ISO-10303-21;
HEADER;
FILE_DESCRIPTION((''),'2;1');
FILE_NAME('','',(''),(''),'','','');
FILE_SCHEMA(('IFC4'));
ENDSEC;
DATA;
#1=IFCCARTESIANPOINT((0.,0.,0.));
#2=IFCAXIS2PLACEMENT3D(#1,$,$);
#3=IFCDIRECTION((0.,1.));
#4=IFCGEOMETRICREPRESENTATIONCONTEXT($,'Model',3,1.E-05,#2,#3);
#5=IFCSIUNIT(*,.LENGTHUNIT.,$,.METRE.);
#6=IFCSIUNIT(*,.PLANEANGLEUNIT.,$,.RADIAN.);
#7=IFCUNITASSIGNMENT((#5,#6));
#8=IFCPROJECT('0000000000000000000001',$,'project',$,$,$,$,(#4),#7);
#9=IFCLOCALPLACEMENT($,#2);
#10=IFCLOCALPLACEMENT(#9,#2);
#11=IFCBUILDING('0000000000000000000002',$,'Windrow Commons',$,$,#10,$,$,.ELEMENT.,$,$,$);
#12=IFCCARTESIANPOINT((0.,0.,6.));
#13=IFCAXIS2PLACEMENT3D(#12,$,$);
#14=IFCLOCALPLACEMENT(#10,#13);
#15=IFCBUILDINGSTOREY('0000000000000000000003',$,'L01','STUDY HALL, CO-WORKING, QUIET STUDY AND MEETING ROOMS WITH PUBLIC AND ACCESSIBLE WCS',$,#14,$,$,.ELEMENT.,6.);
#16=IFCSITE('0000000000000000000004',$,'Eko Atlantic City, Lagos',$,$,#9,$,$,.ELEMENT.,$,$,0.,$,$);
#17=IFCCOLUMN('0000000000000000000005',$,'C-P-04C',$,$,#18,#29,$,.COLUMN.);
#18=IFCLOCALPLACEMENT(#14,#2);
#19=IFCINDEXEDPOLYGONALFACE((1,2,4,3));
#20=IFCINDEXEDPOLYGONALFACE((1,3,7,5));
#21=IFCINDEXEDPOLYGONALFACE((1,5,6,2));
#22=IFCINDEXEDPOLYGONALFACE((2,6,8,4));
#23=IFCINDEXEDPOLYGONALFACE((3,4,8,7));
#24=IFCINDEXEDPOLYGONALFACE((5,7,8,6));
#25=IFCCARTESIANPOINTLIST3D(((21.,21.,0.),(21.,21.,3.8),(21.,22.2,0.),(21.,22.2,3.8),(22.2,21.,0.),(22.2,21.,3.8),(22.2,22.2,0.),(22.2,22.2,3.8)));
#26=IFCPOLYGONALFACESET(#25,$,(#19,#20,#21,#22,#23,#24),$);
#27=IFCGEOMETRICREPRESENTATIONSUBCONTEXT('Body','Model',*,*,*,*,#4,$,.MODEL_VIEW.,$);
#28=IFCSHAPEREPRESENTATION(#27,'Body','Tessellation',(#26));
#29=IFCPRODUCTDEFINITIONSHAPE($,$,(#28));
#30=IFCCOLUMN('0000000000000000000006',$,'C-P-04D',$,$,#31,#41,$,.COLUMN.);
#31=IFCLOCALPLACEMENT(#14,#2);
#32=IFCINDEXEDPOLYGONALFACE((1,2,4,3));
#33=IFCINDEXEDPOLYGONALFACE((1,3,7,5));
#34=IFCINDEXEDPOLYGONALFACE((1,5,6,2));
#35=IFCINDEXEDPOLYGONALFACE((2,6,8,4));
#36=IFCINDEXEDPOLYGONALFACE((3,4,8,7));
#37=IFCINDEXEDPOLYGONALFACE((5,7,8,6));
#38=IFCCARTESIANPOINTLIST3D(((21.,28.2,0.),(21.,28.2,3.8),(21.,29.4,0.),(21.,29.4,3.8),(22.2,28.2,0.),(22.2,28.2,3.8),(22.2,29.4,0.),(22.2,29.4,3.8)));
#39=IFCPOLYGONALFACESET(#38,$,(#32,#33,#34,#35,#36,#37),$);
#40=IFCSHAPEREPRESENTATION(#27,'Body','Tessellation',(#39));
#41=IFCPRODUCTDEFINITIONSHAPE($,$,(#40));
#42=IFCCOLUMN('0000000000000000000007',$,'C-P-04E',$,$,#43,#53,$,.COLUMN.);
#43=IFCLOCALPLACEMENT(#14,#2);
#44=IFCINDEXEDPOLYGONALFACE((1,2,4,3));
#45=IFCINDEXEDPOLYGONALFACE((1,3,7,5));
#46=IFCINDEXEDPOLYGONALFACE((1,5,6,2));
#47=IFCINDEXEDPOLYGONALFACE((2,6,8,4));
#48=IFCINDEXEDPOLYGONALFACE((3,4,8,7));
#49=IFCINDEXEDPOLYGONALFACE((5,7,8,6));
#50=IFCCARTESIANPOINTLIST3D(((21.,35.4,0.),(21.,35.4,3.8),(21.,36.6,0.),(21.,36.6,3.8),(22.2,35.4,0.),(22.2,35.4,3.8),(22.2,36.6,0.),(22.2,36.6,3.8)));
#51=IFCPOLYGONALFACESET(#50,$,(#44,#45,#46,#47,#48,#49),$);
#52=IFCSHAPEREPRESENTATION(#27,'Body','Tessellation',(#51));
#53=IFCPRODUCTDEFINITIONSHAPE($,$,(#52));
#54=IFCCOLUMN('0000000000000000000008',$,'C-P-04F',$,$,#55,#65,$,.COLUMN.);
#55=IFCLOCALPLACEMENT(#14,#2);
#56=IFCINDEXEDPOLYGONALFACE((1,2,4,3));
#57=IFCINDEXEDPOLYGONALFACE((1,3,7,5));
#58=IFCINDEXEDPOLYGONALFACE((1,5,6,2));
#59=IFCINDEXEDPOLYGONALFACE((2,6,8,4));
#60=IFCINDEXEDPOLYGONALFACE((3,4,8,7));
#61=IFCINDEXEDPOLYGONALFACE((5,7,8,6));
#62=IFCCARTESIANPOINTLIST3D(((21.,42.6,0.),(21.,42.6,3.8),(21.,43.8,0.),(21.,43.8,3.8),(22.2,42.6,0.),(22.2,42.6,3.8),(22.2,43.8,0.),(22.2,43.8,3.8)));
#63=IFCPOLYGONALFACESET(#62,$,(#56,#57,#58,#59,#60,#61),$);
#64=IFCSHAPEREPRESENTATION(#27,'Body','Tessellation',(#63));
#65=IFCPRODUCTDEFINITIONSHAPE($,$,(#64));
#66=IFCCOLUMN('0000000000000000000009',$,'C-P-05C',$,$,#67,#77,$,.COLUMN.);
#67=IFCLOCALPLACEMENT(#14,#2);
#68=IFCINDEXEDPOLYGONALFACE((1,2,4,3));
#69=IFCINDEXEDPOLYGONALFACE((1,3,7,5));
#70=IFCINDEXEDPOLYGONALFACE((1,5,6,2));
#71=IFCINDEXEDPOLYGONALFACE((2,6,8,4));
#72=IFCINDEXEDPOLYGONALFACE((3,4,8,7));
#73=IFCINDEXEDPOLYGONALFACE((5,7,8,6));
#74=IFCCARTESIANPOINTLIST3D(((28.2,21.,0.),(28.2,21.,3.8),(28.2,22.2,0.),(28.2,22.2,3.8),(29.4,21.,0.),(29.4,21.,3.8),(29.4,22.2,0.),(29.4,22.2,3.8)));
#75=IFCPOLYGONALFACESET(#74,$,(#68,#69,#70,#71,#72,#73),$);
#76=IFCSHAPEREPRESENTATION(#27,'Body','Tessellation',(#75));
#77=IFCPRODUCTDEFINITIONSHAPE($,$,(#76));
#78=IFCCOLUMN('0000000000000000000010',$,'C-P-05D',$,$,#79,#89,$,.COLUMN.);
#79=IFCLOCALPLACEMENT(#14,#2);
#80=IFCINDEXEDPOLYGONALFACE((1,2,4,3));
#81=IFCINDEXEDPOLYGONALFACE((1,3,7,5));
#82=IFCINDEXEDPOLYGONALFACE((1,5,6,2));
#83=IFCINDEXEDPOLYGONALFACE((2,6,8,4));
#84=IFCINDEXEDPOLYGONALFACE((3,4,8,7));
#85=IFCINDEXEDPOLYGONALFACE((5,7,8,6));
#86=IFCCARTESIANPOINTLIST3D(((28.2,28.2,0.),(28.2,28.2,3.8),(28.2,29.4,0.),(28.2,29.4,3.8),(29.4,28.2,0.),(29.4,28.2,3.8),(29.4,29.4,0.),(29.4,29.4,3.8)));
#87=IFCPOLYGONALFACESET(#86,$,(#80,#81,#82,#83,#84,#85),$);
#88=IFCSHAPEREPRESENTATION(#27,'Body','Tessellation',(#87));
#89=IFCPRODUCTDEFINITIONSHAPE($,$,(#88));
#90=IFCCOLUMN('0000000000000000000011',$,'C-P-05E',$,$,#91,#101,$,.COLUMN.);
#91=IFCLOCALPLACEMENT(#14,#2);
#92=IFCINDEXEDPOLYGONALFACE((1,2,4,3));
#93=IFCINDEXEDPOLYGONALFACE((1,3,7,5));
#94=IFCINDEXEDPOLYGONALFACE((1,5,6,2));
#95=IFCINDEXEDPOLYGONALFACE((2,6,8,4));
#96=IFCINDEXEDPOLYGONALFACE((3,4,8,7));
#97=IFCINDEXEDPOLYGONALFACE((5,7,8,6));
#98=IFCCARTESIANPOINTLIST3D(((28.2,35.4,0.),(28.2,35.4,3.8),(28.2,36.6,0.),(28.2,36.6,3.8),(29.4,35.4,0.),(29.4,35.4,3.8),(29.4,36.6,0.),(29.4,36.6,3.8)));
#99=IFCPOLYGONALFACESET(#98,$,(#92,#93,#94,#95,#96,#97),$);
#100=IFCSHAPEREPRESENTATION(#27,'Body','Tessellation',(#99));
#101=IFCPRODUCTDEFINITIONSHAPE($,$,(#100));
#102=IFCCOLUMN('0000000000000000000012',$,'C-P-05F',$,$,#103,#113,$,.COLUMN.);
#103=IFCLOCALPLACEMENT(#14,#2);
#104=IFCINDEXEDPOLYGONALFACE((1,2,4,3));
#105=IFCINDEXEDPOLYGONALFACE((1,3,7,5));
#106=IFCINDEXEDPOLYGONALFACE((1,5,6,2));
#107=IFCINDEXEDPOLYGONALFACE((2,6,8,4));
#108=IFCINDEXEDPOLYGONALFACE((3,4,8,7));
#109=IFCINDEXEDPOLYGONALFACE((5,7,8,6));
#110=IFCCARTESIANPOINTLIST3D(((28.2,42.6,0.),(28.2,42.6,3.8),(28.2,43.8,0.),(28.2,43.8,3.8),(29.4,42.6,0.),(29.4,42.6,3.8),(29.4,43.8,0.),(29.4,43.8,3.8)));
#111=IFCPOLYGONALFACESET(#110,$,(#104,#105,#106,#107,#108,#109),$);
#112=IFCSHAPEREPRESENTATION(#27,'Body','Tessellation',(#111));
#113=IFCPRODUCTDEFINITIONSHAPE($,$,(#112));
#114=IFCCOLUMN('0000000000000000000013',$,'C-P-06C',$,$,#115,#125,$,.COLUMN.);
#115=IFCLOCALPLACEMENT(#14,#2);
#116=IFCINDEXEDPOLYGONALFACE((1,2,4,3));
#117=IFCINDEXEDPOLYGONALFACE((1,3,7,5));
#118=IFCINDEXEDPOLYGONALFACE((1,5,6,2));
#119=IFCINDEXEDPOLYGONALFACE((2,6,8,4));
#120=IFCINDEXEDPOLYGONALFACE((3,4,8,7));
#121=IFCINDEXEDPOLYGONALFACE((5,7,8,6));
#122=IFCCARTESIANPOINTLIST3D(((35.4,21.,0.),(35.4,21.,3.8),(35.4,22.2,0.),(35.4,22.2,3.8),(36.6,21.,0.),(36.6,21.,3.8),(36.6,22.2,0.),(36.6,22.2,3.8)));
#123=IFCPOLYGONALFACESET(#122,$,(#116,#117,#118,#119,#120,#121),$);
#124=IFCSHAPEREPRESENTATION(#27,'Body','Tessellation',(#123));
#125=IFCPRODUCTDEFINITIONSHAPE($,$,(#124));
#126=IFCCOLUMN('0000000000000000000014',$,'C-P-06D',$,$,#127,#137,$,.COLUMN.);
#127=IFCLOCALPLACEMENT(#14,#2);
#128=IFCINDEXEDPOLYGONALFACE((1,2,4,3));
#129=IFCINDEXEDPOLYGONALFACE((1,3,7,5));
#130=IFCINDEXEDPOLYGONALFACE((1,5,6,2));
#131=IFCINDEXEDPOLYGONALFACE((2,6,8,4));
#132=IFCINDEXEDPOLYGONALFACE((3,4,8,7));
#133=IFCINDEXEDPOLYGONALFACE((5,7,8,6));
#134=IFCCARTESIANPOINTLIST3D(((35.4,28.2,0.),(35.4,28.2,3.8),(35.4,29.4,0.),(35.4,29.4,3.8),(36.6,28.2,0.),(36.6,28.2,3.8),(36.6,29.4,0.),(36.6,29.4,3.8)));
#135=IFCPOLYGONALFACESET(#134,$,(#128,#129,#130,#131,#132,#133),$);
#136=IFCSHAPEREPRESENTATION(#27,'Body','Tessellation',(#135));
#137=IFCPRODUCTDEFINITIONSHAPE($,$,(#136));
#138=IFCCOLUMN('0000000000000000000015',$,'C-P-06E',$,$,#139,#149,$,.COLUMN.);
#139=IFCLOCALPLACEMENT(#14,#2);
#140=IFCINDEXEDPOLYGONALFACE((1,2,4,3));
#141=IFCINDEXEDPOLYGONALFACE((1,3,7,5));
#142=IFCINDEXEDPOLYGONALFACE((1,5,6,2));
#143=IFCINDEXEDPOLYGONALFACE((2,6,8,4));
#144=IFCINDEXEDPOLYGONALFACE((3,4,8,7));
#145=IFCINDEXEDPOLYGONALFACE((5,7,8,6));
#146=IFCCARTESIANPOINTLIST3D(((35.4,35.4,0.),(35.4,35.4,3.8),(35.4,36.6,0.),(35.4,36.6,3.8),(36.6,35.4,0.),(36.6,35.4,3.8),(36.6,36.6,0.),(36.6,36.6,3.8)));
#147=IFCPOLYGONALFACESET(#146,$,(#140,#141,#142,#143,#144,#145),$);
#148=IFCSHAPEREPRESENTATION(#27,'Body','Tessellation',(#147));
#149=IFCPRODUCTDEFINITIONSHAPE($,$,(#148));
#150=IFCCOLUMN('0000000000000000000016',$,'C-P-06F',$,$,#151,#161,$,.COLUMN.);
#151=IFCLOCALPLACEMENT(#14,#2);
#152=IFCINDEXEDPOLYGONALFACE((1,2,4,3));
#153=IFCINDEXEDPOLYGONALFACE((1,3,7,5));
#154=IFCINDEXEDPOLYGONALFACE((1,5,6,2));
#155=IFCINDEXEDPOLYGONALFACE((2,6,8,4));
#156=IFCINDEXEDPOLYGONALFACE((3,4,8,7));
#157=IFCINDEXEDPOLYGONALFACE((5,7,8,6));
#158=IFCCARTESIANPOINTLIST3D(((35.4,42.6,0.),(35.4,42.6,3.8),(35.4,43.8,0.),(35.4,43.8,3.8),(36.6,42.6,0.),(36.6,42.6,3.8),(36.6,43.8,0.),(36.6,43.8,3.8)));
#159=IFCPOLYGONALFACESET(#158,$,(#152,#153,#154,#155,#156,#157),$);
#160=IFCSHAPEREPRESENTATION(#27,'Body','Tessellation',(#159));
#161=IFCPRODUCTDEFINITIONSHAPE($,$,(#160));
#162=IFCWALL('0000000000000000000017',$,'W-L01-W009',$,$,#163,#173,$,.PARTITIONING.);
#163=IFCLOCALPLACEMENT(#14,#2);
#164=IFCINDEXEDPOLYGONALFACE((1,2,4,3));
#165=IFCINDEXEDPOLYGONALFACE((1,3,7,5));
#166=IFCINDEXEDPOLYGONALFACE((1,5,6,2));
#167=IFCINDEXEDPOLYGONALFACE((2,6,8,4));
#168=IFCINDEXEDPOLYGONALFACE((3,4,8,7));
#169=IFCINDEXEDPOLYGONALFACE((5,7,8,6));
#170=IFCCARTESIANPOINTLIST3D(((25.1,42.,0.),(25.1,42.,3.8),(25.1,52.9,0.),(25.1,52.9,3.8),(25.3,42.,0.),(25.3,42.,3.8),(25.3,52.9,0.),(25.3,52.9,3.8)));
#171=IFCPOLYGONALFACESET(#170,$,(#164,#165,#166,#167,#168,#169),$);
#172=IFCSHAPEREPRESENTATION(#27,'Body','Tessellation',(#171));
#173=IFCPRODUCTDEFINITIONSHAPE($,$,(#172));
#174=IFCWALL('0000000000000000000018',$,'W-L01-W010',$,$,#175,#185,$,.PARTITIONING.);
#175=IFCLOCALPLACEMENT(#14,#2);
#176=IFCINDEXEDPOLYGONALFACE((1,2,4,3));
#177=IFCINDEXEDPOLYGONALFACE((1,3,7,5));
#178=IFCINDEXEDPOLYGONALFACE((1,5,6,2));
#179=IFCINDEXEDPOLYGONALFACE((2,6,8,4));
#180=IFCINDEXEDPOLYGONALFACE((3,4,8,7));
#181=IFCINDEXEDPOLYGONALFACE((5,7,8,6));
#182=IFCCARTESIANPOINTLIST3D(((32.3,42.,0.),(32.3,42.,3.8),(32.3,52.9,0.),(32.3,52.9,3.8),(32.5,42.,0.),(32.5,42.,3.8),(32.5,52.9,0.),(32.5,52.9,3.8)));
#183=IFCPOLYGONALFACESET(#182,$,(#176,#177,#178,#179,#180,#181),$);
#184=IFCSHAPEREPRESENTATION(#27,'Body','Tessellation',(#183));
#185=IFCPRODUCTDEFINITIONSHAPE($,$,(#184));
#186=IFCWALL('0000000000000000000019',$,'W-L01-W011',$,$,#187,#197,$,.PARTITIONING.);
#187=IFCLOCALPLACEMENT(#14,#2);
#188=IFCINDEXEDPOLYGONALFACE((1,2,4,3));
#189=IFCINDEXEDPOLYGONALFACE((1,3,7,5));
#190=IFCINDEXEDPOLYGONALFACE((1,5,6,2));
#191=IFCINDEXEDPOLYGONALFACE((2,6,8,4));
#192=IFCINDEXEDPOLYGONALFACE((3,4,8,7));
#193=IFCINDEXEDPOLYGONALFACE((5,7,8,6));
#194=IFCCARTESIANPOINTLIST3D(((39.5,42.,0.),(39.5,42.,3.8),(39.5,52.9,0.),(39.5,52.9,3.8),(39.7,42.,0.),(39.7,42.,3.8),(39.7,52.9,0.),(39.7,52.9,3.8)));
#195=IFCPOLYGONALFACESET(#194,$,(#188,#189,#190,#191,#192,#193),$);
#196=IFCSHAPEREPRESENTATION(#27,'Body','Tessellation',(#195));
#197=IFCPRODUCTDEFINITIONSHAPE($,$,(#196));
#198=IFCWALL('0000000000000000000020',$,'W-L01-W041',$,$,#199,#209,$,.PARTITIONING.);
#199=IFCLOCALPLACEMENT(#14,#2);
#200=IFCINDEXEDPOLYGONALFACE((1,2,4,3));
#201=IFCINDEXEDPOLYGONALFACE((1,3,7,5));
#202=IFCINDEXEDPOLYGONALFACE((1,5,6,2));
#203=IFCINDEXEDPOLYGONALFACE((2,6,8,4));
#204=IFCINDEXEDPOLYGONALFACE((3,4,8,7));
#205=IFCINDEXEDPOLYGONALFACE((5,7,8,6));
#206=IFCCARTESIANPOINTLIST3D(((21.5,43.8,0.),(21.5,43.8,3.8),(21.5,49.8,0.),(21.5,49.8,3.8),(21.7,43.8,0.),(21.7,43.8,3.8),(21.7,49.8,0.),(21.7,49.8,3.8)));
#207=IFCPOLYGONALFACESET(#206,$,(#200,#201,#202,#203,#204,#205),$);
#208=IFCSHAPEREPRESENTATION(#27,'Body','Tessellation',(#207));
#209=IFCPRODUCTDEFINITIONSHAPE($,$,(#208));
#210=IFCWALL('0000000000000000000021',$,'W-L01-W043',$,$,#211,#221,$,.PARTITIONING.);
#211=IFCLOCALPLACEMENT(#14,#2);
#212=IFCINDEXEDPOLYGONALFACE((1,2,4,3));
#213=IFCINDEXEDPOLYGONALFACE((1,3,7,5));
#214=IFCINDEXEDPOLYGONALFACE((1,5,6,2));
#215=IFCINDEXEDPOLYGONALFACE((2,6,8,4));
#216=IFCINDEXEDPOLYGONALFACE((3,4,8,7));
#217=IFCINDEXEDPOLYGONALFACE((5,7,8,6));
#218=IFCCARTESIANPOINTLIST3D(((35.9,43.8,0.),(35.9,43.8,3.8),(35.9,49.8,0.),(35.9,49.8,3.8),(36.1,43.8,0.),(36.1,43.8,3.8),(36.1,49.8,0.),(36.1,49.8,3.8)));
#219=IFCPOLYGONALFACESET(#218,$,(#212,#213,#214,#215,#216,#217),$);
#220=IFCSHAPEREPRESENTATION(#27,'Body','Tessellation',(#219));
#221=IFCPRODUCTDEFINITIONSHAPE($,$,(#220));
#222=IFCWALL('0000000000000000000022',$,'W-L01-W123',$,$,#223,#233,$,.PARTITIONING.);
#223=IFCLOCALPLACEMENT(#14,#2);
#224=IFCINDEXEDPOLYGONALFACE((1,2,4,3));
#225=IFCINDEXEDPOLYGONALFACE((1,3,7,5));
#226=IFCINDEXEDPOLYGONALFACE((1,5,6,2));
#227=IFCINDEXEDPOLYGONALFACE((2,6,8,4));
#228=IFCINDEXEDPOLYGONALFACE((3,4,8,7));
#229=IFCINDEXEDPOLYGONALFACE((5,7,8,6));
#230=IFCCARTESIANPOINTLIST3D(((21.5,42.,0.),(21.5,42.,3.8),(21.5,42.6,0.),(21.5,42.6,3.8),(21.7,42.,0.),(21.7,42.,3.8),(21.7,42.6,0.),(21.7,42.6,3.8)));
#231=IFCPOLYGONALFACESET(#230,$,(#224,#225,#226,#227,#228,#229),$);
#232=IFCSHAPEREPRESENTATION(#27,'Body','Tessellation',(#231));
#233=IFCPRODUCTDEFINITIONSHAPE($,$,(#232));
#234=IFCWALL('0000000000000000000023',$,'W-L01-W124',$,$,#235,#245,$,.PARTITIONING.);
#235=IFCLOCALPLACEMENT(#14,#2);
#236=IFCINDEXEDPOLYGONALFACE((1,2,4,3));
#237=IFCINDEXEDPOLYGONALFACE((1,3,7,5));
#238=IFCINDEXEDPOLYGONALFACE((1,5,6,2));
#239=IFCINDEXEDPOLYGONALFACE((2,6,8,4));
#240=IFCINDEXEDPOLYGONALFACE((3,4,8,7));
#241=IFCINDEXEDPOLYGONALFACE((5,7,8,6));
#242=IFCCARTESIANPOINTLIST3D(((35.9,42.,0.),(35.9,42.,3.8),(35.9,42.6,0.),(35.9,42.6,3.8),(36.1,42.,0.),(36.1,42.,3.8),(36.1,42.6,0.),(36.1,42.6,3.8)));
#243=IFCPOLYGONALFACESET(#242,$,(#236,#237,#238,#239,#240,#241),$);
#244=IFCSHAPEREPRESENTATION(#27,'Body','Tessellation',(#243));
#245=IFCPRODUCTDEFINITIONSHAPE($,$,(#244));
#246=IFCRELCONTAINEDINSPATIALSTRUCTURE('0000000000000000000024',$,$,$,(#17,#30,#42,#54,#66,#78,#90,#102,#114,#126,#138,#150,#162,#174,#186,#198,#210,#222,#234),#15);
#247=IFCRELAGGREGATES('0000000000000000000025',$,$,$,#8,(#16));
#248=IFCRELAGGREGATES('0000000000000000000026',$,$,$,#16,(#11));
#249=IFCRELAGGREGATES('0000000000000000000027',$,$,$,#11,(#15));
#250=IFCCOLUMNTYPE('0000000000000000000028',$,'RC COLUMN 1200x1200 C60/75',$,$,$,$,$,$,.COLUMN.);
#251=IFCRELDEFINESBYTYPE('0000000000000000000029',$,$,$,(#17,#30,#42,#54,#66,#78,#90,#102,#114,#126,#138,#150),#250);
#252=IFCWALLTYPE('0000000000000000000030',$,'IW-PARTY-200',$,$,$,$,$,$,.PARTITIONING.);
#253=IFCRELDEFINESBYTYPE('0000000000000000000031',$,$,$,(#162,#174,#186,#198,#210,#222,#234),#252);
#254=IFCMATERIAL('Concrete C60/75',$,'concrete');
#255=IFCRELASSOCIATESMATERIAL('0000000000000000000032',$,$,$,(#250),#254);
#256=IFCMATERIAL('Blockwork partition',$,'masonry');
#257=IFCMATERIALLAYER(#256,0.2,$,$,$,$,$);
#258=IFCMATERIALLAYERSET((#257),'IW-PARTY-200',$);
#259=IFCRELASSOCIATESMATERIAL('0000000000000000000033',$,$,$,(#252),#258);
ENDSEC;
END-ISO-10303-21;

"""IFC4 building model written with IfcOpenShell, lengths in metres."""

from ifc_helpers import new_model, si_unit, direction, frame, frame_2d, origin, origin_2d, place, context, subcontext, project, spatial, rectangle, extrude, material, layer, layer_set, material_profile, profile_set, type_object, element, save


model = new_model("IFC4")

# Units and contexts
model_context = context("Model", 3, precision=1e-05, world=origin(), true_north=direction((0.0, 1.0)))
body_context = subcontext(model_context, "Body", "Model", "MODEL_VIEW")
ifc_project = project(units=[si_unit("LENGTHUNIT", "METRE"), si_unit("PLANEANGLEUNIT", "RADIAN")], contexts=[model_context])

# Site, building, storey
site_placement = place(None, origin())
site = spatial("IfcSite", under=ifc_project, at=site_placement, Name="Eko Atlantic City, Lagos", CompositionType="ELEMENT", RefElevation=0.0)
building_placement = place(site_placement, origin())
building = spatial("IfcBuilding", under=site, at=building_placement, Name="Windrow Commons", CompositionType="ELEMENT")
storey_placement = place(building_placement, frame((0.0, 0.0, 6.0)))
storey = spatial("IfcBuildingStorey", under=building, at=storey_placement, Name="L01", Description="STUDY HALL, CO-WORKING, QUIET STUDY AND MEETING ROOMS WITH PUBLIC AND ACCESSIBLE WCS", CompositionType="ELEMENT", Elevation=6.0)

# Columns
ifc_material_1 = material(Name="Concrete C60/75", Category="concrete")
ifc_material_profile = material_profile(ifc_material_1, rectangle(XDim=1.2, YDim=1.2, at=origin_2d()))
ifc_profile_set = profile_set([ifc_material_profile], Name="Concrete C60/75")
column_type = type_object("IfcColumnType", Name="RC COLUMN 1200x1200 C60/75", PredefinedType="COLUMN", material=ifc_profile_set)
for number, where, z_axis, x_axis, name in (
    (1, (21.6, 21.6, 0.0), (0.0, 0.0, 1.0), (1.0, 0.0, 0.0), "C-P-04C"),
    (2, (21.6, 28.8, 0.0), (0.0, 0.0, 1.0), (1.0, 0.0, 0.0), "C-P-04D"),
    (3, (21.6, 36.0, 0.0), (0.0, 0.0, 1.0), (1.0, 0.0, 0.0), "C-P-04E"),
    (4, (21.6, 43.2, 0.0), (0.0, 0.0, 1.0), (1.0, 0.0, 0.0), "C-P-04F"),
    (5, (28.8, 21.6, 0.0), (0.0, 0.0, 1.0), (1.0, 0.0, 0.0), "C-P-05C"),
    (6, (28.8, 28.8, 0.0), (0.0, 0.0, 1.0), (1.0, 0.0, 0.0), "C-P-05D"),
    (7, (28.8, 36.0, 0.0), (0.0, 0.0, 1.0), (1.0, 0.0, 0.0), "C-P-05E"),
    (8, (28.8, 43.2, 0.0), (0.0, 0.0, 1.0), (1.0, 0.0, 0.0), "C-P-05F"),
    (9, (36.0, 21.6, 0.0), (0.0, 0.0, 1.0), (1.0, 0.0, 0.0), "C-P-06C"),
    (10, (36.0, 28.8, 0.0), (0.0, 0.0, 1.0), (1.0, 0.0, 0.0), "C-P-06D"),
    (11, (36.0, 36.0, 0.0), (0.0, 0.0, 1.0), (1.0, 0.0, 0.0), "C-P-06E"),
    (12, (36.0, 43.2, 0.0), (0.0, 0.0, 1.0), (1.0, 0.0, 0.0), "C-P-06F"),
):
    element("IfcColumn", number, at=place(storey_placement, frame(where, z_axis=z_axis, x_axis=x_axis)), inside=storey, type_object=column_type, Name=name, PredefinedType="COLUMN", context=body_context, shape_type="SweptSolid", body=[
        extrude(rectangle(XDim=1.2, YDim=1.2, at=origin_2d()), origin(), (0.0, 0.0, 1.0), 3.8),
    ])

# Walls
ifc_material_2 = material(Name="Blockwork partition", Category="masonry")
ifc_layer_1 = layer(ifc_material_2, 0.2)
ifc_layer_set_1 = layer_set([ifc_layer_1], Name="IW-PARTY-200")
wall_type_1 = type_object("IfcWallType", Name="IW-PARTY-200", PredefinedType="PARTITIONING", material=ifc_layer_set_1)
for number, where, z_axis, x_axis, name in (
    (13, (25.2, 42.0, 0.0), (0.0, 0.0, 1.0), (0.0, 1.0, 0.0), "W-L01-W009"),
    (14, (32.4, 42.0, 0.0), (0.0, 0.0, 1.0), (0.0, 1.0, 0.0), "W-L01-W010"),
    (15, (39.6, 42.0, 0.0), (0.0, 0.0, 1.0), (0.0, 1.0, 0.0), "W-L01-W011"),
):
    element("IfcWall", number, at=place(storey_placement, frame(where, z_axis=z_axis, x_axis=x_axis)), inside=storey, type_object=wall_type_1, Name=name, PredefinedType="PARTITIONING", context=body_context, shape_type="SweptSolid", body=[
        extrude(rectangle(XDim=10.9, YDim=0.2, at=frame_2d((5.45, 0.0))), origin(), (0.0, 0.0, 1.0), 3.8),
    ])
for number, where, z_axis, x_axis, name in (
    (16, (21.6, 43.8, 0.0), (0.0, 0.0, 1.0), (0.0, 1.0, 0.0), "W-L01-W041"),
    (17, (36.0, 43.8, 0.0), (0.0, 0.0, 1.0), (0.0, 1.0, 0.0), "W-L01-W043"),
):
    element("IfcWall", number, at=place(storey_placement, frame(where, z_axis=z_axis, x_axis=x_axis)), inside=storey, type_object=wall_type_1, Name=name, PredefinedType="PARTITIONING", context=body_context, shape_type="SweptSolid", body=[
        extrude(rectangle(XDim=6.0, YDim=0.2, at=frame_2d((3.0, 0.0))), origin(), (0.0, 0.0, 1.0), 3.8),
    ])
for number, where, z_axis, x_axis, name in (
    (18, (21.6, 42.0, 0.0), (0.0, 0.0, 1.0), (0.0, 1.0, 0.0), "W-L01-W123"),
    (19, (36.0, 42.0, 0.0), (0.0, 0.0, 1.0), (0.0, 1.0, 0.0), "W-L01-W124"),
):
    element("IfcWall", number, at=place(storey_placement, frame(where, z_axis=z_axis, x_axis=x_axis)), inside=storey, type_object=wall_type_1, Name=name, PredefinedType="PARTITIONING", context=body_context, shape_type="SweptSolid", body=[
        extrude(rectangle(XDim=0.6, YDim=0.2, at=frame_2d((0.3, 0.0))), origin(), (0.0, 0.0, 1.0), 3.8),
    ])

save(model, "model.ifc")
